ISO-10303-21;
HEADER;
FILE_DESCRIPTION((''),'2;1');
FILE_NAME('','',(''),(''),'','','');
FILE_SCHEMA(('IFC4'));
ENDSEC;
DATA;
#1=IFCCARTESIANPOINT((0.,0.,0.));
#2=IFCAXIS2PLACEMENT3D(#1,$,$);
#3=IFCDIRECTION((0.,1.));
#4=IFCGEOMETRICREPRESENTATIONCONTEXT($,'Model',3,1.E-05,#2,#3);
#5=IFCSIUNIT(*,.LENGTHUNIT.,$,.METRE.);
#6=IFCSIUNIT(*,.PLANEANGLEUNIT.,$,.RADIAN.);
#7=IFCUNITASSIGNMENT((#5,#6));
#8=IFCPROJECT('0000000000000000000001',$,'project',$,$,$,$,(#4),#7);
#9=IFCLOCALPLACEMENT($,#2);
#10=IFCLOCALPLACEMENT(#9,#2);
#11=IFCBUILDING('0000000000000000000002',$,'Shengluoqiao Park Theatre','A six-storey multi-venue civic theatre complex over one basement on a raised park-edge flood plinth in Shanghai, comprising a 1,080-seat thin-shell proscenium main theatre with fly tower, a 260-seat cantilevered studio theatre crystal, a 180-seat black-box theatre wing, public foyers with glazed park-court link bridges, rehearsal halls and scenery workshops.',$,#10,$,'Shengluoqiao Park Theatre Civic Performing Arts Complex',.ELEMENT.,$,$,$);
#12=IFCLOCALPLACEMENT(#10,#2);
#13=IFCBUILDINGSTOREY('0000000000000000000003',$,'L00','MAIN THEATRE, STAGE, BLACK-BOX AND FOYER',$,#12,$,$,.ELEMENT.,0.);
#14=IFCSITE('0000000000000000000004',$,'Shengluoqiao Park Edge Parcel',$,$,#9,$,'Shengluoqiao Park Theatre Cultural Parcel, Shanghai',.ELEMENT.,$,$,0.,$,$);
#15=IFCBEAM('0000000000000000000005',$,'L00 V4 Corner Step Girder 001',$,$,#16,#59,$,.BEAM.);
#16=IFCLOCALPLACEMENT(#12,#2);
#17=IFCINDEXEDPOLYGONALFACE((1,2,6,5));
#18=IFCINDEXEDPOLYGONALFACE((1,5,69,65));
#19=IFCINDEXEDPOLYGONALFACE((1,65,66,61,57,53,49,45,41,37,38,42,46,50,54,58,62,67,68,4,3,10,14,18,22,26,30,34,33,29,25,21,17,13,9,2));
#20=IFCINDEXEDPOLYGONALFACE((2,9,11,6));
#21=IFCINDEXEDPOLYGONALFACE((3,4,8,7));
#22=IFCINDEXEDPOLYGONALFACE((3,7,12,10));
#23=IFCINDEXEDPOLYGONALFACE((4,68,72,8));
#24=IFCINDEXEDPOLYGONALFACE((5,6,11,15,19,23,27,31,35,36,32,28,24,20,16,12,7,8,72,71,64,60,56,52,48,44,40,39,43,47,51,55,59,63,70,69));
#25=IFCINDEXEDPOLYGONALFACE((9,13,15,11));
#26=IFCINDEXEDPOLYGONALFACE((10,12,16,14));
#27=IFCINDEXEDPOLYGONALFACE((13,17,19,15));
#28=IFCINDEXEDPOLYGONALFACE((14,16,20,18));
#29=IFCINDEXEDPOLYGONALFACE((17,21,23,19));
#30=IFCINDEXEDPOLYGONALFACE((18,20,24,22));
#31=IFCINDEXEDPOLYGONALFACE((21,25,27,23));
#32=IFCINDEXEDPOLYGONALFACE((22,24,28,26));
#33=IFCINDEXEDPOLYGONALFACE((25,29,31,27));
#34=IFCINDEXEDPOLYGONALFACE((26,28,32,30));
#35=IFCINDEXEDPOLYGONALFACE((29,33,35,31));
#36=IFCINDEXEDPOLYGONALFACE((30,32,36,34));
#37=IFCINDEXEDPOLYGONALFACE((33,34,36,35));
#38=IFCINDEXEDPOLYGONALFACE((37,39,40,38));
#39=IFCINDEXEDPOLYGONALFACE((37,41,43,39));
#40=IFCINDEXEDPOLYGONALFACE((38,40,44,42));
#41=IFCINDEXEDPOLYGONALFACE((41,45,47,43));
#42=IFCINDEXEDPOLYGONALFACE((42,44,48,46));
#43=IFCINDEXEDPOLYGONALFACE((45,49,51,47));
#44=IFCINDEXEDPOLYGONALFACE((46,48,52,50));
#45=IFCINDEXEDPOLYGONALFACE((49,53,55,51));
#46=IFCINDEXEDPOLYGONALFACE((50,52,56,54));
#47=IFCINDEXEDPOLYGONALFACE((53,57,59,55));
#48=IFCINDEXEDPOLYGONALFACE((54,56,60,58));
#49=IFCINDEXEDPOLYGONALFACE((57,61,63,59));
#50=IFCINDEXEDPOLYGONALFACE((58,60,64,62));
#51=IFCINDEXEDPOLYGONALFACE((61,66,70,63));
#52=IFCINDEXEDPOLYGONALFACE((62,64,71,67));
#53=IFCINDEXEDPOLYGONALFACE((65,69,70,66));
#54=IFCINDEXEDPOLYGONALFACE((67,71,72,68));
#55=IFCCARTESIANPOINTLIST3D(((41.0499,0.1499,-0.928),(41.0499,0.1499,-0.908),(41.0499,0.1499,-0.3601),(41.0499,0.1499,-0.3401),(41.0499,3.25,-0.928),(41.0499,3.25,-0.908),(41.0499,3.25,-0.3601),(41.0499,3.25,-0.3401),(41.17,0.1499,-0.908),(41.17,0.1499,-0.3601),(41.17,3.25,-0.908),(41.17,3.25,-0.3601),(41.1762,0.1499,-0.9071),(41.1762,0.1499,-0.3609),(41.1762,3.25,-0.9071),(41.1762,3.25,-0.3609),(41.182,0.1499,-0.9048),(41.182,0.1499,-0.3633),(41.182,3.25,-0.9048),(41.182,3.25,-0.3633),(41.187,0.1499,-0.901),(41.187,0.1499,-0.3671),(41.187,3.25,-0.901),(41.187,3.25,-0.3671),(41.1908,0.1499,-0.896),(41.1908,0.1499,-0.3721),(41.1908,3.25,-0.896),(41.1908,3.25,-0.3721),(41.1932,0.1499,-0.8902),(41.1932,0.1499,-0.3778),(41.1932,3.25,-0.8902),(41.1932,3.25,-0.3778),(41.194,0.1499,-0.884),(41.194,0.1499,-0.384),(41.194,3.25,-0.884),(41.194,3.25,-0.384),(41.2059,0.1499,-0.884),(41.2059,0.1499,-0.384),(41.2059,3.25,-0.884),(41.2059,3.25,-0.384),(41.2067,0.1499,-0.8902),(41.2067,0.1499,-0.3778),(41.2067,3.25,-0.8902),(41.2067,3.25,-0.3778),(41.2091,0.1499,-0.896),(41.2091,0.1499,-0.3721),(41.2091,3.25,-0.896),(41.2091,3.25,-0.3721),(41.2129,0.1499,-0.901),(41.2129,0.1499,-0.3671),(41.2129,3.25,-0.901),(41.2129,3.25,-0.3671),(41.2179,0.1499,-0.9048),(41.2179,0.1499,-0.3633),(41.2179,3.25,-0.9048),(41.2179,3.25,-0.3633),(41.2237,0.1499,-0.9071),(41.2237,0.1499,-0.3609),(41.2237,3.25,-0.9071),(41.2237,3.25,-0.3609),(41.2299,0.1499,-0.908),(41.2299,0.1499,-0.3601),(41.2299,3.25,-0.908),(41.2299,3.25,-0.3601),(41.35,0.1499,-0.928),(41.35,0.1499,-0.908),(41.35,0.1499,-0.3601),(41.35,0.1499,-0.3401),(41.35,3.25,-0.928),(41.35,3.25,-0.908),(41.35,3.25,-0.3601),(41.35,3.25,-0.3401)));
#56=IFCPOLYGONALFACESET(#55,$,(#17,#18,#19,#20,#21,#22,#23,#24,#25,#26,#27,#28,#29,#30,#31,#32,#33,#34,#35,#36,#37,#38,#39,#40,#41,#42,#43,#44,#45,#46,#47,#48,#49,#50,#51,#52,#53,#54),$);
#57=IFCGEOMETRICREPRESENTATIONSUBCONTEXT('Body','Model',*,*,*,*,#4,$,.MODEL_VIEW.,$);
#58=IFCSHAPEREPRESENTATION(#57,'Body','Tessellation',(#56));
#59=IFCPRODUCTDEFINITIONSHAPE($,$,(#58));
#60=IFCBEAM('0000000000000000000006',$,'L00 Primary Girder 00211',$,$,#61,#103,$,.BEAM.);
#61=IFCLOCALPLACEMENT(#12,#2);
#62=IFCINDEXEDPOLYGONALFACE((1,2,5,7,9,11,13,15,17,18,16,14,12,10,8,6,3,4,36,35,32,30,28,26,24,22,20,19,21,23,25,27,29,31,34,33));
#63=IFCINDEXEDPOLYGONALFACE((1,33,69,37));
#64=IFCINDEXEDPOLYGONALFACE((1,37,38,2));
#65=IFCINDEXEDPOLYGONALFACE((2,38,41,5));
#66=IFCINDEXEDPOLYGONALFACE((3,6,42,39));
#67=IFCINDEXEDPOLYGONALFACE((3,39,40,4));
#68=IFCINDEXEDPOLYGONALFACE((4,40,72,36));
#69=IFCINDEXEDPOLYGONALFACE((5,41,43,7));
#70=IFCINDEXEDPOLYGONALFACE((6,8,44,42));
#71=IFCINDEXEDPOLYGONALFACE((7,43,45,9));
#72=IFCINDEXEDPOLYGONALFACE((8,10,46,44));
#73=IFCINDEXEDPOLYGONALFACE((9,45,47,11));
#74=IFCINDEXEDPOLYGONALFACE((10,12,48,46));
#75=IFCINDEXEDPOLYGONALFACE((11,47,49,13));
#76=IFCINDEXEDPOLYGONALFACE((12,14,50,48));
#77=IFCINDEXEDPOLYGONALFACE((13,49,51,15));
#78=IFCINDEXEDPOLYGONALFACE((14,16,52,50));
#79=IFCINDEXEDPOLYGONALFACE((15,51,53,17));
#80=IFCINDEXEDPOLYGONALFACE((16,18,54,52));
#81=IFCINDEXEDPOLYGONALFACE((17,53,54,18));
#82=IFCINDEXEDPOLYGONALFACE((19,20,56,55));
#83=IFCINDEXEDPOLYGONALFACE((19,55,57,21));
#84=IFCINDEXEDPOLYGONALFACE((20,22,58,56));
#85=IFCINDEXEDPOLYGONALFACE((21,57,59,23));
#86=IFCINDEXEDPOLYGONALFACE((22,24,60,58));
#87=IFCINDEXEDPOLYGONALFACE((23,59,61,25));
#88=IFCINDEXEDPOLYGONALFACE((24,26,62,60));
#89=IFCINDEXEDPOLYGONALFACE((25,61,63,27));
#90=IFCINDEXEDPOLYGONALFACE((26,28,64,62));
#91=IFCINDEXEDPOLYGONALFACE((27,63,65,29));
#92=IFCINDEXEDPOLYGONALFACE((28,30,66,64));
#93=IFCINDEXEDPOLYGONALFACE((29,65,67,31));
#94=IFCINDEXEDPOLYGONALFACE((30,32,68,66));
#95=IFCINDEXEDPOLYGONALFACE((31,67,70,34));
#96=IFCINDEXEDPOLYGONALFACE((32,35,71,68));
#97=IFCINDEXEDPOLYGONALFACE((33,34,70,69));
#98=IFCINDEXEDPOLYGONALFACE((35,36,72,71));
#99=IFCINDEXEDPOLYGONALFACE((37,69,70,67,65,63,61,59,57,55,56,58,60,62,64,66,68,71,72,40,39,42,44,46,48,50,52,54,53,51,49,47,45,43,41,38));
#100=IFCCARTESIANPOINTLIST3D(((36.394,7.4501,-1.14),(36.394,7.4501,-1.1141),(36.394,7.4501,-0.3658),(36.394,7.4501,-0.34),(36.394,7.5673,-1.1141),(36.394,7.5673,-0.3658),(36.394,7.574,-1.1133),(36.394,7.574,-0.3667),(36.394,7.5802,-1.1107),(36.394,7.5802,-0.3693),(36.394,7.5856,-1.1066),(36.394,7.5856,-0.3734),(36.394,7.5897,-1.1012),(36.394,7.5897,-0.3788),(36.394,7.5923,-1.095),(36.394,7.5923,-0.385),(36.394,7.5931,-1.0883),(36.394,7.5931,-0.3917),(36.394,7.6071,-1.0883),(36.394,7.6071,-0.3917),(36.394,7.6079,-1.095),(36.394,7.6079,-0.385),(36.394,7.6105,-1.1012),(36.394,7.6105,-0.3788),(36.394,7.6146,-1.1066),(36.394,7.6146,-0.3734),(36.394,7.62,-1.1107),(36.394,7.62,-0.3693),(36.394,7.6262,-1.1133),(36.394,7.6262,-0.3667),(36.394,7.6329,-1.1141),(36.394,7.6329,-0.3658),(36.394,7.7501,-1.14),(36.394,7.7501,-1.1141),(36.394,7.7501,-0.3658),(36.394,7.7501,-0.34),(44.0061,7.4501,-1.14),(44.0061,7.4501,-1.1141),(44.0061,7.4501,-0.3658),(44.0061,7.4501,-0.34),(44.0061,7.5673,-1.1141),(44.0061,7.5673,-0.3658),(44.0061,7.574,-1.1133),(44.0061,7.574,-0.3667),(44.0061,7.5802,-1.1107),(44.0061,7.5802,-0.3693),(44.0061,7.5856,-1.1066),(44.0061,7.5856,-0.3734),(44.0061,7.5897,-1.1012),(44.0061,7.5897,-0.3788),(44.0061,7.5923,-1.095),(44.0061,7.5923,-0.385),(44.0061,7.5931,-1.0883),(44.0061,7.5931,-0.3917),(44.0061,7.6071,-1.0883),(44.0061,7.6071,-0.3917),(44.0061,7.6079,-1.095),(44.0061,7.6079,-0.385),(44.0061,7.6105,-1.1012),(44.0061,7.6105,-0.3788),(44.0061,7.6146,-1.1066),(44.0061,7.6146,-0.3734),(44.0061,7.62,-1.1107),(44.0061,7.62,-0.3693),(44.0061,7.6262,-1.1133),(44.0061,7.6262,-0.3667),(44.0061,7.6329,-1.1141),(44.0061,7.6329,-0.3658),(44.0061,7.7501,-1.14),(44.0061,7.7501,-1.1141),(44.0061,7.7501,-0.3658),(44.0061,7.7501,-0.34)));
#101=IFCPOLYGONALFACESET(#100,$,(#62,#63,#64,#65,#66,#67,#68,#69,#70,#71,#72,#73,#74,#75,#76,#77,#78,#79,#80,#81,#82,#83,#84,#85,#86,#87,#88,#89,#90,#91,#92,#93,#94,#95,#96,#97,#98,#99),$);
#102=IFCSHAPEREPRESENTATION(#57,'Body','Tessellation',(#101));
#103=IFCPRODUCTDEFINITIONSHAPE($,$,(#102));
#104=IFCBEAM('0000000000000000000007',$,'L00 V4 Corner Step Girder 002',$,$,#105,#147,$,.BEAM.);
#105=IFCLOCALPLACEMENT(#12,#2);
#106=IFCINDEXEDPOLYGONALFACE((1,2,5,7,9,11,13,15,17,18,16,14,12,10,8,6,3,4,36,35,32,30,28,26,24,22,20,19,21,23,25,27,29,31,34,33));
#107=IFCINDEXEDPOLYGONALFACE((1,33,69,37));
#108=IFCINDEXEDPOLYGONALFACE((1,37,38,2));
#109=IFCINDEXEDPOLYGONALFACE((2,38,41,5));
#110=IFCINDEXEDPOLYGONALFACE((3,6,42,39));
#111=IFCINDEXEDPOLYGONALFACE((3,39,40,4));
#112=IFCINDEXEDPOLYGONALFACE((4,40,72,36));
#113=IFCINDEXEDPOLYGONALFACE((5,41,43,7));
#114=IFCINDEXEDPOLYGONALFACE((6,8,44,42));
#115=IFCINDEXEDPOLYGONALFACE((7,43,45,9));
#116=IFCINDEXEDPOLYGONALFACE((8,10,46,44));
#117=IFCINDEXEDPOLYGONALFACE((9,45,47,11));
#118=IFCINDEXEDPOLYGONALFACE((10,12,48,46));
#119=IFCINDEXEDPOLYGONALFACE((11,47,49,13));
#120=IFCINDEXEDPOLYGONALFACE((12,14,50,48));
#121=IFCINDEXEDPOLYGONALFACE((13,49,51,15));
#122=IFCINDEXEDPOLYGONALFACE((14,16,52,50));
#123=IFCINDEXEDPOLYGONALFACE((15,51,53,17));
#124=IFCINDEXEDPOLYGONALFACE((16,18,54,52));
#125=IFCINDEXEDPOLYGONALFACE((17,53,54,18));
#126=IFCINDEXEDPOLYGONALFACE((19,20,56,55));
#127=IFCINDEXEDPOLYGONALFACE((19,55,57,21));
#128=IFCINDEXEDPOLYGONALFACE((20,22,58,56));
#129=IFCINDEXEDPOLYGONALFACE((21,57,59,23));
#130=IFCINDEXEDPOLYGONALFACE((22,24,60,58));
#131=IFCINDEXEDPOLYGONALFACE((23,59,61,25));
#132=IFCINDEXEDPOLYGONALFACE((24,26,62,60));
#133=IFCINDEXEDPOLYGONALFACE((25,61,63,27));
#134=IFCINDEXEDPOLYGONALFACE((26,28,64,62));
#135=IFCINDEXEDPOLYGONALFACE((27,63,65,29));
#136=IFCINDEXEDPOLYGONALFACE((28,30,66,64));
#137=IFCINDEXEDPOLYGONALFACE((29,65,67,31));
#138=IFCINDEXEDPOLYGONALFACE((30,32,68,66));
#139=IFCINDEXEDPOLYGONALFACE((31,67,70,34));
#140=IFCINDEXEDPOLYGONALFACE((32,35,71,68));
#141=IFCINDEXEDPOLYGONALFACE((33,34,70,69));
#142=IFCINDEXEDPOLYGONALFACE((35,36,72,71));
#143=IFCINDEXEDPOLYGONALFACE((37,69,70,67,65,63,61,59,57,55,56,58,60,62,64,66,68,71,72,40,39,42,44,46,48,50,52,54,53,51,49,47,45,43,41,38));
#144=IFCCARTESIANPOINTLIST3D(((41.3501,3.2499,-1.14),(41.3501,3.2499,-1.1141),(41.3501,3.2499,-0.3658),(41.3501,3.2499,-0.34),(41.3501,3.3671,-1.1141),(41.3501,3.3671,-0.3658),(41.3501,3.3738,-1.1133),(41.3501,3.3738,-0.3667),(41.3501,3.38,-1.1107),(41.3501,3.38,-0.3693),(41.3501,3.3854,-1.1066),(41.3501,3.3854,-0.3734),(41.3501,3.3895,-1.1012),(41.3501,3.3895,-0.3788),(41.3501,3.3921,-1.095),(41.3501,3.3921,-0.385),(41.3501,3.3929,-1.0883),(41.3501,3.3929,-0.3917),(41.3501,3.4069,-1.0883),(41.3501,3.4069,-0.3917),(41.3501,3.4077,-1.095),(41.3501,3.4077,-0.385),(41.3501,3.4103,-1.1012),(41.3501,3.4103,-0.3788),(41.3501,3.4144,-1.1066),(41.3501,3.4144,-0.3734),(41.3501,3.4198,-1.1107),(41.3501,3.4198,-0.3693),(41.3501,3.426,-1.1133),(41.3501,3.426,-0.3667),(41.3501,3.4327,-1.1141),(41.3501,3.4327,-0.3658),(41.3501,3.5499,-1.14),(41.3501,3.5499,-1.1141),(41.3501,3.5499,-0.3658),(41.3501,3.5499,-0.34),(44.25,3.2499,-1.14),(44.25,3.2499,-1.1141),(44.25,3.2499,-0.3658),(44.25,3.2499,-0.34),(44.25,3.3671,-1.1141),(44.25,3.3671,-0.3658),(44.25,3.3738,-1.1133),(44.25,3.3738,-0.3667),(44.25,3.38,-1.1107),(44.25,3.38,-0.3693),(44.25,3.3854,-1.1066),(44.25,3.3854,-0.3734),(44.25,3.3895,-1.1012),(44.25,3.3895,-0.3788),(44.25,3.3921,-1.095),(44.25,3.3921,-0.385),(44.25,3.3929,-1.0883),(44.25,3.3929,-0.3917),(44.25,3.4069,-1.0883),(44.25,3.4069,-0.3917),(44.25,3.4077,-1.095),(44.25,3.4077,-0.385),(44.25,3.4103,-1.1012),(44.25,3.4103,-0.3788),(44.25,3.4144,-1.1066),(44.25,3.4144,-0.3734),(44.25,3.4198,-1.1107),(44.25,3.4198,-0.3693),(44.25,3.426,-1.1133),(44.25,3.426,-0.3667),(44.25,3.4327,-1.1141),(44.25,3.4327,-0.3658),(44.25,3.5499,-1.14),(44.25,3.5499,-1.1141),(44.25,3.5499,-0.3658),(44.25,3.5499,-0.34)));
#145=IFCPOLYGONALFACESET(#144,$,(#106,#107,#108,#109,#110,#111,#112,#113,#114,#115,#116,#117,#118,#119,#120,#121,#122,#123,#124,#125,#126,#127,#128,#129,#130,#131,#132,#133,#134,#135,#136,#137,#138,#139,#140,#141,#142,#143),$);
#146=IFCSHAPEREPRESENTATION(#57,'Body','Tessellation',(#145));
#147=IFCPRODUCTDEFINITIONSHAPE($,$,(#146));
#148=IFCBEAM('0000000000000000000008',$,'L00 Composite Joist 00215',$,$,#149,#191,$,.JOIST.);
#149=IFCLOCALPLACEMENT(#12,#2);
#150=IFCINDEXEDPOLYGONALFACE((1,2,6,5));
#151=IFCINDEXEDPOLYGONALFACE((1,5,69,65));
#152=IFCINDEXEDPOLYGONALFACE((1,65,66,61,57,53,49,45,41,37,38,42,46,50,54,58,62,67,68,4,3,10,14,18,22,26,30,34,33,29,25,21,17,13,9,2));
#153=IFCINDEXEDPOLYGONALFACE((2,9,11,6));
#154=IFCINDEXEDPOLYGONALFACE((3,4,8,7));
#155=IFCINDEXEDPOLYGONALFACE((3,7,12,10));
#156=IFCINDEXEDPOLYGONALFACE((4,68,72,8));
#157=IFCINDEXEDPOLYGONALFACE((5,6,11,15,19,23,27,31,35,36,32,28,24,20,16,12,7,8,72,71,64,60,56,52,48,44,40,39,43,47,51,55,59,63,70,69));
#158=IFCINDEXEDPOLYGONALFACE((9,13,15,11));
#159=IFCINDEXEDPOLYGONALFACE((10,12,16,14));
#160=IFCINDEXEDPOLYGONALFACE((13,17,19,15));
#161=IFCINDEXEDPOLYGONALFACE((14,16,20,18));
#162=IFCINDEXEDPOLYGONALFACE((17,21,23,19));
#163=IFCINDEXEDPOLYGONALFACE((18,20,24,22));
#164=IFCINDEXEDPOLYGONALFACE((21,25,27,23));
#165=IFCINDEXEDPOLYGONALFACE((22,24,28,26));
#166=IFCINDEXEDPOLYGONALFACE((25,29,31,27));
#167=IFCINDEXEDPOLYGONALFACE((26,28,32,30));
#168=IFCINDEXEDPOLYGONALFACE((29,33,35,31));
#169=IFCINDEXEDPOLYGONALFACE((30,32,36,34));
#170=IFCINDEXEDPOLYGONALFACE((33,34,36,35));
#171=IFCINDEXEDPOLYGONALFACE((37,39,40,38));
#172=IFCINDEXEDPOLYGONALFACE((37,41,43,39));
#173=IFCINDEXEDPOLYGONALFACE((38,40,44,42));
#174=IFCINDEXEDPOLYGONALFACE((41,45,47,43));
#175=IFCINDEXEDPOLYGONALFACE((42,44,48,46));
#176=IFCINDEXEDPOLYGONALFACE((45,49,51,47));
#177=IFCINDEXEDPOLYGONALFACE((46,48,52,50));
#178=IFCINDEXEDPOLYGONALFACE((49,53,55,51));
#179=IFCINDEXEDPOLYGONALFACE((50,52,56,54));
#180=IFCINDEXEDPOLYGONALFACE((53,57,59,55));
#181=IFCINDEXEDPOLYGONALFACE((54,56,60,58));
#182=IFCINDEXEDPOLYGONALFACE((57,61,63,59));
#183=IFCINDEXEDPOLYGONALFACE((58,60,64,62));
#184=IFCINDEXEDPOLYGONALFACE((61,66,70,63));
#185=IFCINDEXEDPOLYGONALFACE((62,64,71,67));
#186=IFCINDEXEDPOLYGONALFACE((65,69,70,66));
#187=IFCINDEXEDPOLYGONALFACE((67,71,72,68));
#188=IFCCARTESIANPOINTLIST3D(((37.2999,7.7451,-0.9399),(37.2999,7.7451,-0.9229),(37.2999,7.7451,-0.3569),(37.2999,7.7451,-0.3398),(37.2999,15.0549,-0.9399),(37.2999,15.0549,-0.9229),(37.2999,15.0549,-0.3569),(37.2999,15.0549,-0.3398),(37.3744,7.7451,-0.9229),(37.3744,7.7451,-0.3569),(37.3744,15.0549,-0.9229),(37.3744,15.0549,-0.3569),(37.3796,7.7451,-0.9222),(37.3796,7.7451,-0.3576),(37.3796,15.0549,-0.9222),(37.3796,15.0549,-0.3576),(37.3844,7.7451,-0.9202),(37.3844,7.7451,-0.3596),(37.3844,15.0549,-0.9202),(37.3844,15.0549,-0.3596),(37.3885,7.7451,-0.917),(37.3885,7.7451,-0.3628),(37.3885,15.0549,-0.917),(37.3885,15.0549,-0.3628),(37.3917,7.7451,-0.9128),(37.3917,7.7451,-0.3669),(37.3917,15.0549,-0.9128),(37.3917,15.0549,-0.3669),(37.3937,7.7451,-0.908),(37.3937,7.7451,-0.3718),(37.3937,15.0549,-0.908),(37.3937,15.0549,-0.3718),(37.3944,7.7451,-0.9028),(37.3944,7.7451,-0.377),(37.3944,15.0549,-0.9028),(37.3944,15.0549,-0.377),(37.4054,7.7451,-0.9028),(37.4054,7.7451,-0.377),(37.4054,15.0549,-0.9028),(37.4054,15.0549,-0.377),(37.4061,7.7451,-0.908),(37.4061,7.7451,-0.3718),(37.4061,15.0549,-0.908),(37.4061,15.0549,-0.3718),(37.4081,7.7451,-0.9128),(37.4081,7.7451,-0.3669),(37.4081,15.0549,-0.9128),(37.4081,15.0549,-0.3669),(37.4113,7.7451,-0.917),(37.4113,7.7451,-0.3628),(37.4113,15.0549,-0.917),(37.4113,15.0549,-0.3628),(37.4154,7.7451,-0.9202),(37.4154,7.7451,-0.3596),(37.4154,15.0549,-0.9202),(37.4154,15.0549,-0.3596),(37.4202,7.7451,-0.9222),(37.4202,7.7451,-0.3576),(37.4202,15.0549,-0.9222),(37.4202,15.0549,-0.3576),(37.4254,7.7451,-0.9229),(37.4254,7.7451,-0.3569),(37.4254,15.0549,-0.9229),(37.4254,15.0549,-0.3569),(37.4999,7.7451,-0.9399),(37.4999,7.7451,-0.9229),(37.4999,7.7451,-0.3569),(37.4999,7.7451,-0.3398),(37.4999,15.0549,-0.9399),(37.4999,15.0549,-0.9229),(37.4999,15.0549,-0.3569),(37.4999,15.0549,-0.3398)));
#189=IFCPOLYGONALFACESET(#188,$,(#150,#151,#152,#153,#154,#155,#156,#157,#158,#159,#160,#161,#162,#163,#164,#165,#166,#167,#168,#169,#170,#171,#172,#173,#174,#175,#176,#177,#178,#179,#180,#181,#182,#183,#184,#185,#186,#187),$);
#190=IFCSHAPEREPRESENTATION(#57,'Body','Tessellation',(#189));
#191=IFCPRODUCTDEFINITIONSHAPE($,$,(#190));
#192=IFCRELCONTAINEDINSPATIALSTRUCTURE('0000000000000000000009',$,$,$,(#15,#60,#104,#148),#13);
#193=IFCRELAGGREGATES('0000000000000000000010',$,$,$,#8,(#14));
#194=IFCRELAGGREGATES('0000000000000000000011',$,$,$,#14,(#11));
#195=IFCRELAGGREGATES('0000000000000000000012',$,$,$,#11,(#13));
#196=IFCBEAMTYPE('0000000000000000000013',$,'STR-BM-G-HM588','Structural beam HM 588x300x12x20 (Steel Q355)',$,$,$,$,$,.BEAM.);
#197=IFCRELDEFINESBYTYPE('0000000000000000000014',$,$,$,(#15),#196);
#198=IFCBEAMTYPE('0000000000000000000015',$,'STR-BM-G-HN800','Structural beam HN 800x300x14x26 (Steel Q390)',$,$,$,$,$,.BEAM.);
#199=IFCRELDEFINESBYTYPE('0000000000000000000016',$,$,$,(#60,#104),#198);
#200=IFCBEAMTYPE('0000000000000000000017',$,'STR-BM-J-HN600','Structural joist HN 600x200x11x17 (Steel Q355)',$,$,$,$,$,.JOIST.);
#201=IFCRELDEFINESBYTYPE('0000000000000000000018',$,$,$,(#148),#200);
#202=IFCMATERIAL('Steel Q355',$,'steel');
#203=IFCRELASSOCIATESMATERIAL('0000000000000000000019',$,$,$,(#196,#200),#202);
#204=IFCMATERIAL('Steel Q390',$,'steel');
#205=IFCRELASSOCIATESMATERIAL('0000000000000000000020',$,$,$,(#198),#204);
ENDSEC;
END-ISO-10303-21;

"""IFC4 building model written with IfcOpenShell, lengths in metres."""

from ifc_helpers import new_model, si_unit, direction, frame, origin, origin_2d, place, context, subcontext, project, spatial, i_section, extrude, material, material_profile, profile_set, type_object, element, save


model = new_model("IFC4")

# Units and contexts
model_context = context("Model", 3, precision=1e-05, world=origin(), true_north=direction((0.0, 1.0)))
body_context = subcontext(model_context, "Body", "Model", "MODEL_VIEW")
ifc_project = project(units=[si_unit("LENGTHUNIT", "METRE"), si_unit("PLANEANGLEUNIT", "RADIAN")], contexts=[model_context])

# Site, building, storey
site_placement = place(None, origin())
site = spatial("IfcSite", under=ifc_project, at=site_placement, Name="Shengluoqiao Park Edge Parcel", LongName="Shengluoqiao Park Theatre Cultural Parcel, Shanghai", CompositionType="ELEMENT", RefElevation=0.0)
building_placement = place(site_placement, origin())
building = spatial("IfcBuilding", under=site, at=building_placement, Name="Shengluoqiao Park Theatre", Description="A six-storey multi-venue civic theatre complex over one basement on a raised park-edge flood plinth in Shanghai, comprising a 1,080-seat thin-shell proscenium main theatre with fly tower, a 260-seat cantilevered studio theatre crystal, a 180-seat black-box theatre wing, public foyers with glazed park-court link bridges, rehearsal halls and scenery workshops.", LongName="Shengluoqiao Park Theatre Civic Performing Arts Complex", CompositionType="ELEMENT")
storey_placement = place(building_placement, origin())
storey = spatial("IfcBuildingStorey", under=building, at=storey_placement, Name="L00", Description="MAIN THEATRE, STAGE, BLACK-BOX AND FOYER", CompositionType="ELEMENT", Elevation=0.0)

# Shared definitions
ifc_material_1 = material(Name="Steel Q355", Category="steel")

# Beams
ifc_material_profile_1 = material_profile(ifc_material_1, i_section(OverallWidth=0.3, OverallDepth=0.5879, WebThickness=0.012, FlangeThickness=0.02, FilletRadius=0.0239, at=origin_2d()), Name="HM 588x300x12x20")
ifc_profile_set_1 = profile_set([ifc_material_profile_1], Name="Steel Q355")
beam_type_1 = type_object("IfcBeamType", Name="STR-BM-G-HM588", Description="Structural beam HM 588x300x12x20 (Steel Q355)", PredefinedType="BEAM", material=ifc_profile_set_1)
beam_1_placement = place(storey_placement, frame((41.2, 0.1499, -0.634), z_axis=(0.0, 1.0, 0.0), x_axis=(-1.0, 0.0, 0.0)))
element("IfcBeam", 1, at=beam_1_placement, inside=storey, type_object=beam_type_1, Name="L00 V4 Corner Step Girder 001", PredefinedType="BEAM", context=body_context, shape_type="SweptSolid", body=[
    extrude(i_section(OverallWidth=0.3, OverallDepth=0.5879, WebThickness=0.012, FlangeThickness=0.02, FilletRadius=0.0239, at=origin_2d()), origin(), (0.0, 0.0, 1.0), 3.1001),
])
ifc_material_2 = material(Name="Steel Q390", Category="steel")
ifc_material_profile_2 = material_profile(ifc_material_2, i_section(OverallWidth=0.3, OverallDepth=0.8, WebThickness=0.0139, FlangeThickness=0.0259, FilletRadius=0.0259, at=origin_2d()), Name="HN 800x300x14x26")
ifc_profile_set_2 = profile_set([ifc_material_profile_2], Name="Steel Q390")
beam_type_2 = type_object("IfcBeamType", Name="STR-BM-G-HN800", Description="Structural beam HN 800x300x14x26 (Steel Q390)", PredefinedType="BEAM", material=ifc_profile_set_2)
beam_2_placement = place(storey_placement, frame((36.394, 7.6001, -0.74), z_axis=(1.0, 0.0, 0.0), x_axis=(0.0, 1.0, 0.0)))
element("IfcBeam", 2, at=beam_2_placement, inside=storey, type_object=beam_type_2, Name="L00 Primary Girder 00211", PredefinedType="BEAM", context=body_context, shape_type="SweptSolid", body=[
    extrude(i_section(OverallWidth=0.3, OverallDepth=0.8, WebThickness=0.0139, FlangeThickness=0.0259, FilletRadius=0.0259, at=origin_2d()), origin(), (0.0, 0.0, 1.0), 7.6121),
])
beam_3_placement = place(storey_placement, frame((41.3501, 3.3999, -0.74), z_axis=(1.0, 0.0, 0.0), x_axis=(0.0, 1.0, 0.0)))
element("IfcBeam", 3, at=beam_3_placement, inside=storey, type_object=beam_type_2, Name="L00 V4 Corner Step Girder 002", PredefinedType="BEAM", context=body_context, shape_type="SweptSolid", body=[
    extrude(i_section(OverallWidth=0.3, OverallDepth=0.8, WebThickness=0.0139, FlangeThickness=0.0259, FilletRadius=0.0259, at=origin_2d()), origin(), (0.0, 0.0, 1.0), 2.8999),
])
ifc_material_profile_3 = material_profile(ifc_material_1, i_section(OverallWidth=0.2, OverallDepth=0.6001, WebThickness=0.011, FlangeThickness=0.0171, FilletRadius=0.02, at=origin_2d()), Name="HN 600x200x11x17")
ifc_profile_set_3 = profile_set([ifc_material_profile_3], Name="Steel Q355")
beam_type_3 = type_object("IfcBeamType", Name="STR-BM-J-HN600", Description="Structural joist HN 600x200x11x17 (Steel Q355)", PredefinedType="JOIST", material=ifc_profile_set_3)
for number, where, z_axis, x_axis, name in (
    (4, (37.3999, 7.7451, -0.6399), (0.0, 1.0, 0.0), (-1.0, 0.0, 0.0), "L00 Composite Joist 00215"),
):
    element("IfcBeam", number, at=place(storey_placement, frame(where, z_axis=z_axis, x_axis=x_axis)), inside=storey, type_object=beam_type_3, Name=name, PredefinedType="JOIST", context=body_context, shape_type="SweptSolid", body=[
        extrude(i_section(OverallWidth=0.2, OverallDepth=0.6001, WebThickness=0.011, FlangeThickness=0.0171, FilletRadius=0.02, at=origin_2d()), origin(), (0.0, 0.0, 1.0), 7.3098),
    ])

save(model, "model.ifc")
